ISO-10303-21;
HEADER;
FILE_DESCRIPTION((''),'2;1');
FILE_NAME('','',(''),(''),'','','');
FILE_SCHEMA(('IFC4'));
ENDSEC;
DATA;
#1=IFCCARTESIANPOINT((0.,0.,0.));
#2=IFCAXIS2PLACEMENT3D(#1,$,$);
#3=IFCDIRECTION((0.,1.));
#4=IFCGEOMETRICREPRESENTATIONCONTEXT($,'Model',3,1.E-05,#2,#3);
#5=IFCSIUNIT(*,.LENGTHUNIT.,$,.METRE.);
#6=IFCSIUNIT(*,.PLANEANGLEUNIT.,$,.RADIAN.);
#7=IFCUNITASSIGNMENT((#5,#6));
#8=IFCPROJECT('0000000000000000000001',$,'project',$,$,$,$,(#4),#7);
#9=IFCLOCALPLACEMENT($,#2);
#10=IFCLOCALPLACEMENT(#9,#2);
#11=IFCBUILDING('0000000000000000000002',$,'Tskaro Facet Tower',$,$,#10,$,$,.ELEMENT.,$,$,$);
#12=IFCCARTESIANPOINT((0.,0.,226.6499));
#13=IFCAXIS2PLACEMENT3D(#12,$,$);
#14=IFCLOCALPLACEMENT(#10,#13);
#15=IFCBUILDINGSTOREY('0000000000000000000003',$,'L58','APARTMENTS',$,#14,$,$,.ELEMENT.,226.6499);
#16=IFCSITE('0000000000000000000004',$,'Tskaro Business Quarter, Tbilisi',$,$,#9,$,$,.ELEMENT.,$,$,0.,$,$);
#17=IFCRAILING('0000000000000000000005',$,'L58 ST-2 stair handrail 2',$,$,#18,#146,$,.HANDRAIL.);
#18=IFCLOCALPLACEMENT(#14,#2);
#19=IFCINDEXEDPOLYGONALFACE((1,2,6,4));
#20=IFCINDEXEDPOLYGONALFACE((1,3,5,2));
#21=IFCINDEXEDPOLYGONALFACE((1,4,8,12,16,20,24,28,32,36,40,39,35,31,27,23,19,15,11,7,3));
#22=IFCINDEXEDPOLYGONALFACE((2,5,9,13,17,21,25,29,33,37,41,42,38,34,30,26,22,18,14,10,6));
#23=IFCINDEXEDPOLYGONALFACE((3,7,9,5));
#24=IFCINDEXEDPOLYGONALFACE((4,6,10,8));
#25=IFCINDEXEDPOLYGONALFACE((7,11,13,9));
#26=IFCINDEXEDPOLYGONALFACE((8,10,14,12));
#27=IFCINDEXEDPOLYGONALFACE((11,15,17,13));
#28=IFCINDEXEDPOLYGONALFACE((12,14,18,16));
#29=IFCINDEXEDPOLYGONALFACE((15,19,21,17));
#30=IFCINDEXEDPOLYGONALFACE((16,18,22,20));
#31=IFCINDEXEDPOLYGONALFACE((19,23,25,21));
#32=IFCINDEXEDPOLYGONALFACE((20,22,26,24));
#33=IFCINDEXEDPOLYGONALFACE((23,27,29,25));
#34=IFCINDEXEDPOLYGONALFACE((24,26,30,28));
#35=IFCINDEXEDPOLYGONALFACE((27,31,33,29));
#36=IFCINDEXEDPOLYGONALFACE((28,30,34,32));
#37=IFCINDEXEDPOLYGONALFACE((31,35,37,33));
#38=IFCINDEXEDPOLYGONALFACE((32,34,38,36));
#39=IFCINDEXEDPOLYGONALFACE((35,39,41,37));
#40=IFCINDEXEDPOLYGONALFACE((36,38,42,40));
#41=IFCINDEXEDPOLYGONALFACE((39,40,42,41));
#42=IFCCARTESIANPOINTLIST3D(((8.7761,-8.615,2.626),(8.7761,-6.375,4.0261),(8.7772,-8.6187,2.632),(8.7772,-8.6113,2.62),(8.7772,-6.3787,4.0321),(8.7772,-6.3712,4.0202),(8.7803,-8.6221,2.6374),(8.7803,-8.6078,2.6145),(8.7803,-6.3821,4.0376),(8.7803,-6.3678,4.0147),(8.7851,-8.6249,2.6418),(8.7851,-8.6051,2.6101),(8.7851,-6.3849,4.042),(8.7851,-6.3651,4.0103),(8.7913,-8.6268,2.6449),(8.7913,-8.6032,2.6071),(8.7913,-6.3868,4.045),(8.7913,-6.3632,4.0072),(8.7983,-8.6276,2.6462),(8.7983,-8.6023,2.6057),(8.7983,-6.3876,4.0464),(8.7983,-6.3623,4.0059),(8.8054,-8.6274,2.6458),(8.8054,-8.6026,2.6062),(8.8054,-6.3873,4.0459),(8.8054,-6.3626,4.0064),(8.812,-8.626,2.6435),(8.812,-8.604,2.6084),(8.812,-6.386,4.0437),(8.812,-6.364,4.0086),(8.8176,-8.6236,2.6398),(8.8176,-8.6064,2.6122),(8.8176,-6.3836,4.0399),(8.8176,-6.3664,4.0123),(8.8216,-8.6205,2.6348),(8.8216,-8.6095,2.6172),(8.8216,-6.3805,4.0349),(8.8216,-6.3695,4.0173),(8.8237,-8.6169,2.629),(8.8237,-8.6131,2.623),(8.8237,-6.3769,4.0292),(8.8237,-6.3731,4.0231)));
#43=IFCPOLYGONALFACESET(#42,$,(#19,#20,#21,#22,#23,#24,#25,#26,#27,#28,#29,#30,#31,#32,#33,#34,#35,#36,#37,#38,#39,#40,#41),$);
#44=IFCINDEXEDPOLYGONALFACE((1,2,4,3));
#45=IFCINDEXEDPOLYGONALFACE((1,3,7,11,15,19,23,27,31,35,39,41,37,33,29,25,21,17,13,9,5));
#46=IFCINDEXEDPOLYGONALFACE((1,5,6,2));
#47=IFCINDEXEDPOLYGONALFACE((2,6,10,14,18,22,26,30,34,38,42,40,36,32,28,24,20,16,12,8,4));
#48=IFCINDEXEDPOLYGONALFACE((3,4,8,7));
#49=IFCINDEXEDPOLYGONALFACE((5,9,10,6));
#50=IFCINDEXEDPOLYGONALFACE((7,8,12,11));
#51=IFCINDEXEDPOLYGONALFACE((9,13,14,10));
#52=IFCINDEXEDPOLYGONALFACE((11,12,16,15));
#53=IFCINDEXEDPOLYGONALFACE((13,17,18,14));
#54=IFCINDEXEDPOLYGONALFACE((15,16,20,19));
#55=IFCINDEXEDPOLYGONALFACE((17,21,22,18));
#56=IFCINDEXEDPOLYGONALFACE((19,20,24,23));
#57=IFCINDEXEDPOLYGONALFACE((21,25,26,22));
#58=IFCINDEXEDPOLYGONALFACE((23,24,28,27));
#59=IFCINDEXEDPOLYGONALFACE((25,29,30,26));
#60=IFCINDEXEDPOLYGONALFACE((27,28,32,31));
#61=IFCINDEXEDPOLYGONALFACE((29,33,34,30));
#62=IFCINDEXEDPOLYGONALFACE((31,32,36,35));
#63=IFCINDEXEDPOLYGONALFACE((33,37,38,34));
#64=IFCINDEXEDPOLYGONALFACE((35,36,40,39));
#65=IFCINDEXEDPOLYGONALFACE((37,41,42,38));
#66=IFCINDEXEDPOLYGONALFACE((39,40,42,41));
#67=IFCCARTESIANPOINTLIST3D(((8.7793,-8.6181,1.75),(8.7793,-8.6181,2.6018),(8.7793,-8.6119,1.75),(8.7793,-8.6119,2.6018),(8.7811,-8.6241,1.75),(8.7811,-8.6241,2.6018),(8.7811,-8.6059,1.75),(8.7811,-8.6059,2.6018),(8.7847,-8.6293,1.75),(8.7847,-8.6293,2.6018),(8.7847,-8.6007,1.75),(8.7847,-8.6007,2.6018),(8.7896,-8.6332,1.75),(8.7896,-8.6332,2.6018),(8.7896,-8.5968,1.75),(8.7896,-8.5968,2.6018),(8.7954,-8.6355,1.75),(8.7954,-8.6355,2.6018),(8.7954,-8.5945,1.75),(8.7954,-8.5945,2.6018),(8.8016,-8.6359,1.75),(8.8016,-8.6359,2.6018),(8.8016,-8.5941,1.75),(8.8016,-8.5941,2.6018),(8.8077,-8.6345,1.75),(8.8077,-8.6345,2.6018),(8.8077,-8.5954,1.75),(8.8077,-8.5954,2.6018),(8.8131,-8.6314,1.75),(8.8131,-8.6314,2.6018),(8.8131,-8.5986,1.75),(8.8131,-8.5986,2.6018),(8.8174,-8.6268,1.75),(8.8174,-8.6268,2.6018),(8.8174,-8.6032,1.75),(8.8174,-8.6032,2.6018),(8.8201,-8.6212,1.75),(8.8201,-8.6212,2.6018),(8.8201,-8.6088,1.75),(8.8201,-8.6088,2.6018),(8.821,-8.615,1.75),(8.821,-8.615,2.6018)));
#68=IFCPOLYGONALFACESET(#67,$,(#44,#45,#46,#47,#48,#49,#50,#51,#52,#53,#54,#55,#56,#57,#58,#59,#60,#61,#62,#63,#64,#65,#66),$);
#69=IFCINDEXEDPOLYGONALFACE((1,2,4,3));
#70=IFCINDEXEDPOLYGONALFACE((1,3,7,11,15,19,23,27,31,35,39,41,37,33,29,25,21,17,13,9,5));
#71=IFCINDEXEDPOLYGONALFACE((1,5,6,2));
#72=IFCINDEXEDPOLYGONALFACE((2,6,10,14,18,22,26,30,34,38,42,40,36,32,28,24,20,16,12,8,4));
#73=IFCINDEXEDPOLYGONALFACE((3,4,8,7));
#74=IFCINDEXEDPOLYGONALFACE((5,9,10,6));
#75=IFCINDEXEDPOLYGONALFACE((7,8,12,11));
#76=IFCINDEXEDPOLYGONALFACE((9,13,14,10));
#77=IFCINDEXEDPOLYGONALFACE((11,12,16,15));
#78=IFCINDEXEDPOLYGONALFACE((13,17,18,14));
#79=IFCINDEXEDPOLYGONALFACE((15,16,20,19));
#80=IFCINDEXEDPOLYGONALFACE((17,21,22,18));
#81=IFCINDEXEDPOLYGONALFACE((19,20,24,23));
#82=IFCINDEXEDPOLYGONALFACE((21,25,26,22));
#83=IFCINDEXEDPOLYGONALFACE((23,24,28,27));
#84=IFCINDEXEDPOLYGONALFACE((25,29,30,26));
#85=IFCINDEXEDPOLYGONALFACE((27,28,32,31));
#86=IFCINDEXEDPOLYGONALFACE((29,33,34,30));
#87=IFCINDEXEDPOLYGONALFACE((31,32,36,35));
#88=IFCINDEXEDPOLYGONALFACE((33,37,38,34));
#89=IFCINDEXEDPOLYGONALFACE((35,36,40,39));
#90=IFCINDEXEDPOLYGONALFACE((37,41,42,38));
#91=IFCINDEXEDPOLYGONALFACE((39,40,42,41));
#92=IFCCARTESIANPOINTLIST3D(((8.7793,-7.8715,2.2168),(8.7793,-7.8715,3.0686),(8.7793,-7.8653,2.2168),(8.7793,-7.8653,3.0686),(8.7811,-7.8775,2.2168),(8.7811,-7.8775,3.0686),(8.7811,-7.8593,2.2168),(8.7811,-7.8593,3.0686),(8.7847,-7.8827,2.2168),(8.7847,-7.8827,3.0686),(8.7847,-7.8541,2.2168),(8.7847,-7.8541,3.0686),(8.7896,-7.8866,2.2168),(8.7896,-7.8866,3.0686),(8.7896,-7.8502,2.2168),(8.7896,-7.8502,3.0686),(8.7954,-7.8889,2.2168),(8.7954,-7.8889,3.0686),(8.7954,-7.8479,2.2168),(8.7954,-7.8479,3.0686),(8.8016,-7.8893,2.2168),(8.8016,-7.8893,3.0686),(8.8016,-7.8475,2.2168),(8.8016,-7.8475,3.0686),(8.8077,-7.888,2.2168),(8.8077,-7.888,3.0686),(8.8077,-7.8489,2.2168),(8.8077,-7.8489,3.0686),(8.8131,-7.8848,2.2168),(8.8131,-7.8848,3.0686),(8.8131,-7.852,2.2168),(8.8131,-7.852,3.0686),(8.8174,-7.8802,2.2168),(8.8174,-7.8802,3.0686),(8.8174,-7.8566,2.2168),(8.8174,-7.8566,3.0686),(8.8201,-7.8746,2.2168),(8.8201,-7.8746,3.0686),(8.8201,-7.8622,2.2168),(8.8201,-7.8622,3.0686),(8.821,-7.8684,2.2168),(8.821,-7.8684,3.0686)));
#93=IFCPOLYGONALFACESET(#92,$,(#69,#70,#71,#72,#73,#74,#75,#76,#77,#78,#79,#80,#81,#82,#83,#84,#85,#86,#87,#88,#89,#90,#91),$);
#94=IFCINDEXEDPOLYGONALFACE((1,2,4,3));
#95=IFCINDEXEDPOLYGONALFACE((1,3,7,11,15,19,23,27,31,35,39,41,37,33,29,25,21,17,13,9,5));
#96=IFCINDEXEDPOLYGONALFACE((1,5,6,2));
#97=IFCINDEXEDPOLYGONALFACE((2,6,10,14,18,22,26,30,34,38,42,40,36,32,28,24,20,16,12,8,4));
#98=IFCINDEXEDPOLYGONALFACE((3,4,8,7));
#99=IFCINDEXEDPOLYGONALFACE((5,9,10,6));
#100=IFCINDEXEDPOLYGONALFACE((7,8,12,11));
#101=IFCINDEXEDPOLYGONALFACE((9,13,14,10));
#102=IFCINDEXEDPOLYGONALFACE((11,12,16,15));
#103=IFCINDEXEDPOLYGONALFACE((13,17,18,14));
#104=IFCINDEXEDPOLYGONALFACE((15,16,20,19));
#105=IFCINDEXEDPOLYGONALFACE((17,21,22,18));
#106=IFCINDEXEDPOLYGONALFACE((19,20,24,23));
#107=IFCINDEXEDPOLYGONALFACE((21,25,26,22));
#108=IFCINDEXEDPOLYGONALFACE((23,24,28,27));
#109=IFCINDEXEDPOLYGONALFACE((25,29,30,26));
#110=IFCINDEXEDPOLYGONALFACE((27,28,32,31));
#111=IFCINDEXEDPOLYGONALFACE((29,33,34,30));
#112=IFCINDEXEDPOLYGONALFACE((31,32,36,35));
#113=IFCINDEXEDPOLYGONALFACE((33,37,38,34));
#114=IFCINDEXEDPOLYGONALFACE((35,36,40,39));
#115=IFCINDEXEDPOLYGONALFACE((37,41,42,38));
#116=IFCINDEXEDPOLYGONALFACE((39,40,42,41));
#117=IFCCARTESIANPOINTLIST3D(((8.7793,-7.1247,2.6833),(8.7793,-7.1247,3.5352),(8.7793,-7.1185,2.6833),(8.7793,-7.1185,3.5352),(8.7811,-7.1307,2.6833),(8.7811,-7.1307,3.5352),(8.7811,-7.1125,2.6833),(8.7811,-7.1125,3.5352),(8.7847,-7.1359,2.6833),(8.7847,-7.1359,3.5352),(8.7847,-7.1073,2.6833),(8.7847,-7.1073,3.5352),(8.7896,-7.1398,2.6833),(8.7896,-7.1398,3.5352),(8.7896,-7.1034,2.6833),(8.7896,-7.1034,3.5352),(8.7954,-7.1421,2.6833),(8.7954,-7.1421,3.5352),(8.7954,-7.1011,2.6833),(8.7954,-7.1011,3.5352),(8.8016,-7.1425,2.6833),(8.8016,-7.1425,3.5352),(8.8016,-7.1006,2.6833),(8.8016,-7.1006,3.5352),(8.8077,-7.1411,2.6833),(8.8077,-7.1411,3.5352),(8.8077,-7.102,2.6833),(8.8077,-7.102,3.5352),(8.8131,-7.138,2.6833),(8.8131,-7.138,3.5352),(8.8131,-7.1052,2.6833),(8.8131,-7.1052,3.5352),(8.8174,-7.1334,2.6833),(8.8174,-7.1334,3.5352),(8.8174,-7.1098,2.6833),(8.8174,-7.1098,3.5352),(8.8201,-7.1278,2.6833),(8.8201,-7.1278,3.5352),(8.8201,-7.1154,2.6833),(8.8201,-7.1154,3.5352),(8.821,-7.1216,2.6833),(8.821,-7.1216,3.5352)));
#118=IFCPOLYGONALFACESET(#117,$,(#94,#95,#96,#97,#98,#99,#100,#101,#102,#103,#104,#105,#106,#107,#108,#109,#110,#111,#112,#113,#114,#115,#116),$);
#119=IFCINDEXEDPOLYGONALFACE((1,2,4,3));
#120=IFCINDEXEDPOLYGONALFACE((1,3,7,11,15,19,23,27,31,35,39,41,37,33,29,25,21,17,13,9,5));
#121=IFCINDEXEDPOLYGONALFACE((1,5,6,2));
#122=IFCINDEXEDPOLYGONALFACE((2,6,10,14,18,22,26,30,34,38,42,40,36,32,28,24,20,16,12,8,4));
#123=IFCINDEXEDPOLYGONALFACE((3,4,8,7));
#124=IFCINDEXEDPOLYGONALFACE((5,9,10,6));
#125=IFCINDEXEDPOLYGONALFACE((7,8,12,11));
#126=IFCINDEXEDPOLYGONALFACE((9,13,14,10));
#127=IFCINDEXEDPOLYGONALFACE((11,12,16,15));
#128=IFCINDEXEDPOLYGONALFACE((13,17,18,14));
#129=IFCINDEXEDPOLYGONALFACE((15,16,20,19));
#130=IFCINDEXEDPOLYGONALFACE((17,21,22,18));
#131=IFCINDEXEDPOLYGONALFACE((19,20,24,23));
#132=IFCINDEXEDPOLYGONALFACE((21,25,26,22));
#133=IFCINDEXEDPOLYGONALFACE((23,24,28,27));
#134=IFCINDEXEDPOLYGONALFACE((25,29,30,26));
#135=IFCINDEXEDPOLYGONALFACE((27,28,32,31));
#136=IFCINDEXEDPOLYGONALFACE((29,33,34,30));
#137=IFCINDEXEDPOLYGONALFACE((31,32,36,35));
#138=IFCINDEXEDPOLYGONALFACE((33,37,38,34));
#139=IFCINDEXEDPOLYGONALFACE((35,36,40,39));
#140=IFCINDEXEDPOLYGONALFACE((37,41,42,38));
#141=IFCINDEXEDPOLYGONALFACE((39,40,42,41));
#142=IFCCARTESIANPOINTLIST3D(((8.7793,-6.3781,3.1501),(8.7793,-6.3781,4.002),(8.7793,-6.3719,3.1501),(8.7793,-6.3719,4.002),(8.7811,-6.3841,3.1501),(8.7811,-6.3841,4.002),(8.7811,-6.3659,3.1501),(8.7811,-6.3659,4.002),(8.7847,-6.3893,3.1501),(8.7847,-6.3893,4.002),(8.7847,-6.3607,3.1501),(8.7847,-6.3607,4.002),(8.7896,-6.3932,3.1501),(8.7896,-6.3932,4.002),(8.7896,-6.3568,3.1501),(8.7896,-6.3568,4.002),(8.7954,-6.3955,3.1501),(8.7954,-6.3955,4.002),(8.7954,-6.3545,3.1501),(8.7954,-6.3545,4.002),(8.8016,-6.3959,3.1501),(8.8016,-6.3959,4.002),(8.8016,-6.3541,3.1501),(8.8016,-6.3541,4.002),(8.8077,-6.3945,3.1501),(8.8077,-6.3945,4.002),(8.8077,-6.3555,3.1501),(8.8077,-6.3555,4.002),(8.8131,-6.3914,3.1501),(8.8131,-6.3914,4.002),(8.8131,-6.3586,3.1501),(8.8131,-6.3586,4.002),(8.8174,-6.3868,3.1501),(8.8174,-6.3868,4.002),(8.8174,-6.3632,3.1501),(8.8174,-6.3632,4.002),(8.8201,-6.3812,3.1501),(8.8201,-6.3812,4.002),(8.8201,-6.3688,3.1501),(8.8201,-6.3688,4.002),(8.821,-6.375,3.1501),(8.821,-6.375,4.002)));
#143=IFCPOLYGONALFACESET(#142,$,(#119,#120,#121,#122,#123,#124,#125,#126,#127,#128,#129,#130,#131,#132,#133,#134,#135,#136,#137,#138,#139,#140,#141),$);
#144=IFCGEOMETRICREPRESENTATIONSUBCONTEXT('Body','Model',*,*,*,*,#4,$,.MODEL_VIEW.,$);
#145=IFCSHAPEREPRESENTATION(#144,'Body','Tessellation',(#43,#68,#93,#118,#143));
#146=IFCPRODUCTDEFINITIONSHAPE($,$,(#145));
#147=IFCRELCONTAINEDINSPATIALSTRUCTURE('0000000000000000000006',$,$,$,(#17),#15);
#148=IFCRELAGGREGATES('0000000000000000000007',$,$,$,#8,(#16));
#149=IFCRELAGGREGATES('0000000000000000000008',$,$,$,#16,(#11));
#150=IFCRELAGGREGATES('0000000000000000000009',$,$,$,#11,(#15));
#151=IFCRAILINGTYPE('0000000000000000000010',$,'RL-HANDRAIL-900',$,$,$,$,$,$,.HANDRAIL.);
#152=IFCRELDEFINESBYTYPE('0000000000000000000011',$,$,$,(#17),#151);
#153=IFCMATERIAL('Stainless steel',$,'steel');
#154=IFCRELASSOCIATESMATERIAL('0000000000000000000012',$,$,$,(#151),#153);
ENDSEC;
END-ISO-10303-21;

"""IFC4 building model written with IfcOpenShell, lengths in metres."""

from ifc_helpers import new_model, si_unit, direction, frame, origin, origin_2d, place, context, subcontext, project, spatial, circle, extrude, material, type_object, element, save


model = new_model("IFC4")

# Units and contexts
model_context = context("Model", 3, precision=1e-05, world=origin(), true_north=direction((0.0, 1.0)))
body_context = subcontext(model_context, "Body", "Model", "MODEL_VIEW")
ifc_project = project(units=[si_unit("LENGTHUNIT", "METRE"), si_unit("PLANEANGLEUNIT", "RADIAN")], contexts=[model_context])

# Site, building, storey
site_placement = place(None, origin())
site = spatial("IfcSite", under=ifc_project, at=site_placement, Name="Tskaro Business Quarter, Tbilisi", CompositionType="ELEMENT", RefElevation=0.0)
building_placement = place(site_placement, origin())
building = spatial("IfcBuilding", under=site, at=building_placement, Name="Tskaro Facet Tower", CompositionType="ELEMENT")
storey_placement = place(building_placement, frame((0.0, 0.0, 226.6499)))
storey = spatial("IfcBuildingStorey", under=building, at=storey_placement, Name="L58", Description="APARTMENTS", CompositionType="ELEMENT", Elevation=226.6499)

# Railing
ifc_material_1 = material(Name="Stainless steel", Category="steel")
railing_type = type_object("IfcRailingType", Name="RL-HANDRAIL-900", PredefinedType="HANDRAIL", material=ifc_material_1)
railing_placement = place(storey_placement, frame((8.8, -8.615, 1.75)))
element("IfcRailing", 1, at=railing_placement, inside=storey, type_object=railing_type, Name="L58 ST-2 stair handrail 2", PredefinedType="HANDRAIL", context=body_context, shape_type="SweptSolid", body=[
    extrude(circle(Radius=0.0239, at=origin_2d()), frame((0.0, 0.0, 0.876), z_axis=(0.0, 0.847972, 0.53004), x_axis=(-1.0, 0.0, 0.0)), (0.0, 0.0, 1.0), 2.6416),
    extrude(circle(Radius=0.021, at=origin_2d()), origin(), (0.0, 0.0, 1.0), 0.8518),
    extrude(circle(Radius=0.021, at=origin_2d()), frame((0.0, 0.7466, 0.4668)), (0.0, 0.0, 1.0), 0.8518),
    extrude(circle(Radius=0.021, at=origin_2d()), frame((0.0, 1.4934, 0.9333)), (0.0, 0.0, 1.0), 0.8518),
    extrude(circle(Radius=0.021, at=origin_2d()), frame((0.0, 2.24, 1.4001)), (0.0, 0.0, 1.0), 0.8518),
])

save(model, "model.ifc")
